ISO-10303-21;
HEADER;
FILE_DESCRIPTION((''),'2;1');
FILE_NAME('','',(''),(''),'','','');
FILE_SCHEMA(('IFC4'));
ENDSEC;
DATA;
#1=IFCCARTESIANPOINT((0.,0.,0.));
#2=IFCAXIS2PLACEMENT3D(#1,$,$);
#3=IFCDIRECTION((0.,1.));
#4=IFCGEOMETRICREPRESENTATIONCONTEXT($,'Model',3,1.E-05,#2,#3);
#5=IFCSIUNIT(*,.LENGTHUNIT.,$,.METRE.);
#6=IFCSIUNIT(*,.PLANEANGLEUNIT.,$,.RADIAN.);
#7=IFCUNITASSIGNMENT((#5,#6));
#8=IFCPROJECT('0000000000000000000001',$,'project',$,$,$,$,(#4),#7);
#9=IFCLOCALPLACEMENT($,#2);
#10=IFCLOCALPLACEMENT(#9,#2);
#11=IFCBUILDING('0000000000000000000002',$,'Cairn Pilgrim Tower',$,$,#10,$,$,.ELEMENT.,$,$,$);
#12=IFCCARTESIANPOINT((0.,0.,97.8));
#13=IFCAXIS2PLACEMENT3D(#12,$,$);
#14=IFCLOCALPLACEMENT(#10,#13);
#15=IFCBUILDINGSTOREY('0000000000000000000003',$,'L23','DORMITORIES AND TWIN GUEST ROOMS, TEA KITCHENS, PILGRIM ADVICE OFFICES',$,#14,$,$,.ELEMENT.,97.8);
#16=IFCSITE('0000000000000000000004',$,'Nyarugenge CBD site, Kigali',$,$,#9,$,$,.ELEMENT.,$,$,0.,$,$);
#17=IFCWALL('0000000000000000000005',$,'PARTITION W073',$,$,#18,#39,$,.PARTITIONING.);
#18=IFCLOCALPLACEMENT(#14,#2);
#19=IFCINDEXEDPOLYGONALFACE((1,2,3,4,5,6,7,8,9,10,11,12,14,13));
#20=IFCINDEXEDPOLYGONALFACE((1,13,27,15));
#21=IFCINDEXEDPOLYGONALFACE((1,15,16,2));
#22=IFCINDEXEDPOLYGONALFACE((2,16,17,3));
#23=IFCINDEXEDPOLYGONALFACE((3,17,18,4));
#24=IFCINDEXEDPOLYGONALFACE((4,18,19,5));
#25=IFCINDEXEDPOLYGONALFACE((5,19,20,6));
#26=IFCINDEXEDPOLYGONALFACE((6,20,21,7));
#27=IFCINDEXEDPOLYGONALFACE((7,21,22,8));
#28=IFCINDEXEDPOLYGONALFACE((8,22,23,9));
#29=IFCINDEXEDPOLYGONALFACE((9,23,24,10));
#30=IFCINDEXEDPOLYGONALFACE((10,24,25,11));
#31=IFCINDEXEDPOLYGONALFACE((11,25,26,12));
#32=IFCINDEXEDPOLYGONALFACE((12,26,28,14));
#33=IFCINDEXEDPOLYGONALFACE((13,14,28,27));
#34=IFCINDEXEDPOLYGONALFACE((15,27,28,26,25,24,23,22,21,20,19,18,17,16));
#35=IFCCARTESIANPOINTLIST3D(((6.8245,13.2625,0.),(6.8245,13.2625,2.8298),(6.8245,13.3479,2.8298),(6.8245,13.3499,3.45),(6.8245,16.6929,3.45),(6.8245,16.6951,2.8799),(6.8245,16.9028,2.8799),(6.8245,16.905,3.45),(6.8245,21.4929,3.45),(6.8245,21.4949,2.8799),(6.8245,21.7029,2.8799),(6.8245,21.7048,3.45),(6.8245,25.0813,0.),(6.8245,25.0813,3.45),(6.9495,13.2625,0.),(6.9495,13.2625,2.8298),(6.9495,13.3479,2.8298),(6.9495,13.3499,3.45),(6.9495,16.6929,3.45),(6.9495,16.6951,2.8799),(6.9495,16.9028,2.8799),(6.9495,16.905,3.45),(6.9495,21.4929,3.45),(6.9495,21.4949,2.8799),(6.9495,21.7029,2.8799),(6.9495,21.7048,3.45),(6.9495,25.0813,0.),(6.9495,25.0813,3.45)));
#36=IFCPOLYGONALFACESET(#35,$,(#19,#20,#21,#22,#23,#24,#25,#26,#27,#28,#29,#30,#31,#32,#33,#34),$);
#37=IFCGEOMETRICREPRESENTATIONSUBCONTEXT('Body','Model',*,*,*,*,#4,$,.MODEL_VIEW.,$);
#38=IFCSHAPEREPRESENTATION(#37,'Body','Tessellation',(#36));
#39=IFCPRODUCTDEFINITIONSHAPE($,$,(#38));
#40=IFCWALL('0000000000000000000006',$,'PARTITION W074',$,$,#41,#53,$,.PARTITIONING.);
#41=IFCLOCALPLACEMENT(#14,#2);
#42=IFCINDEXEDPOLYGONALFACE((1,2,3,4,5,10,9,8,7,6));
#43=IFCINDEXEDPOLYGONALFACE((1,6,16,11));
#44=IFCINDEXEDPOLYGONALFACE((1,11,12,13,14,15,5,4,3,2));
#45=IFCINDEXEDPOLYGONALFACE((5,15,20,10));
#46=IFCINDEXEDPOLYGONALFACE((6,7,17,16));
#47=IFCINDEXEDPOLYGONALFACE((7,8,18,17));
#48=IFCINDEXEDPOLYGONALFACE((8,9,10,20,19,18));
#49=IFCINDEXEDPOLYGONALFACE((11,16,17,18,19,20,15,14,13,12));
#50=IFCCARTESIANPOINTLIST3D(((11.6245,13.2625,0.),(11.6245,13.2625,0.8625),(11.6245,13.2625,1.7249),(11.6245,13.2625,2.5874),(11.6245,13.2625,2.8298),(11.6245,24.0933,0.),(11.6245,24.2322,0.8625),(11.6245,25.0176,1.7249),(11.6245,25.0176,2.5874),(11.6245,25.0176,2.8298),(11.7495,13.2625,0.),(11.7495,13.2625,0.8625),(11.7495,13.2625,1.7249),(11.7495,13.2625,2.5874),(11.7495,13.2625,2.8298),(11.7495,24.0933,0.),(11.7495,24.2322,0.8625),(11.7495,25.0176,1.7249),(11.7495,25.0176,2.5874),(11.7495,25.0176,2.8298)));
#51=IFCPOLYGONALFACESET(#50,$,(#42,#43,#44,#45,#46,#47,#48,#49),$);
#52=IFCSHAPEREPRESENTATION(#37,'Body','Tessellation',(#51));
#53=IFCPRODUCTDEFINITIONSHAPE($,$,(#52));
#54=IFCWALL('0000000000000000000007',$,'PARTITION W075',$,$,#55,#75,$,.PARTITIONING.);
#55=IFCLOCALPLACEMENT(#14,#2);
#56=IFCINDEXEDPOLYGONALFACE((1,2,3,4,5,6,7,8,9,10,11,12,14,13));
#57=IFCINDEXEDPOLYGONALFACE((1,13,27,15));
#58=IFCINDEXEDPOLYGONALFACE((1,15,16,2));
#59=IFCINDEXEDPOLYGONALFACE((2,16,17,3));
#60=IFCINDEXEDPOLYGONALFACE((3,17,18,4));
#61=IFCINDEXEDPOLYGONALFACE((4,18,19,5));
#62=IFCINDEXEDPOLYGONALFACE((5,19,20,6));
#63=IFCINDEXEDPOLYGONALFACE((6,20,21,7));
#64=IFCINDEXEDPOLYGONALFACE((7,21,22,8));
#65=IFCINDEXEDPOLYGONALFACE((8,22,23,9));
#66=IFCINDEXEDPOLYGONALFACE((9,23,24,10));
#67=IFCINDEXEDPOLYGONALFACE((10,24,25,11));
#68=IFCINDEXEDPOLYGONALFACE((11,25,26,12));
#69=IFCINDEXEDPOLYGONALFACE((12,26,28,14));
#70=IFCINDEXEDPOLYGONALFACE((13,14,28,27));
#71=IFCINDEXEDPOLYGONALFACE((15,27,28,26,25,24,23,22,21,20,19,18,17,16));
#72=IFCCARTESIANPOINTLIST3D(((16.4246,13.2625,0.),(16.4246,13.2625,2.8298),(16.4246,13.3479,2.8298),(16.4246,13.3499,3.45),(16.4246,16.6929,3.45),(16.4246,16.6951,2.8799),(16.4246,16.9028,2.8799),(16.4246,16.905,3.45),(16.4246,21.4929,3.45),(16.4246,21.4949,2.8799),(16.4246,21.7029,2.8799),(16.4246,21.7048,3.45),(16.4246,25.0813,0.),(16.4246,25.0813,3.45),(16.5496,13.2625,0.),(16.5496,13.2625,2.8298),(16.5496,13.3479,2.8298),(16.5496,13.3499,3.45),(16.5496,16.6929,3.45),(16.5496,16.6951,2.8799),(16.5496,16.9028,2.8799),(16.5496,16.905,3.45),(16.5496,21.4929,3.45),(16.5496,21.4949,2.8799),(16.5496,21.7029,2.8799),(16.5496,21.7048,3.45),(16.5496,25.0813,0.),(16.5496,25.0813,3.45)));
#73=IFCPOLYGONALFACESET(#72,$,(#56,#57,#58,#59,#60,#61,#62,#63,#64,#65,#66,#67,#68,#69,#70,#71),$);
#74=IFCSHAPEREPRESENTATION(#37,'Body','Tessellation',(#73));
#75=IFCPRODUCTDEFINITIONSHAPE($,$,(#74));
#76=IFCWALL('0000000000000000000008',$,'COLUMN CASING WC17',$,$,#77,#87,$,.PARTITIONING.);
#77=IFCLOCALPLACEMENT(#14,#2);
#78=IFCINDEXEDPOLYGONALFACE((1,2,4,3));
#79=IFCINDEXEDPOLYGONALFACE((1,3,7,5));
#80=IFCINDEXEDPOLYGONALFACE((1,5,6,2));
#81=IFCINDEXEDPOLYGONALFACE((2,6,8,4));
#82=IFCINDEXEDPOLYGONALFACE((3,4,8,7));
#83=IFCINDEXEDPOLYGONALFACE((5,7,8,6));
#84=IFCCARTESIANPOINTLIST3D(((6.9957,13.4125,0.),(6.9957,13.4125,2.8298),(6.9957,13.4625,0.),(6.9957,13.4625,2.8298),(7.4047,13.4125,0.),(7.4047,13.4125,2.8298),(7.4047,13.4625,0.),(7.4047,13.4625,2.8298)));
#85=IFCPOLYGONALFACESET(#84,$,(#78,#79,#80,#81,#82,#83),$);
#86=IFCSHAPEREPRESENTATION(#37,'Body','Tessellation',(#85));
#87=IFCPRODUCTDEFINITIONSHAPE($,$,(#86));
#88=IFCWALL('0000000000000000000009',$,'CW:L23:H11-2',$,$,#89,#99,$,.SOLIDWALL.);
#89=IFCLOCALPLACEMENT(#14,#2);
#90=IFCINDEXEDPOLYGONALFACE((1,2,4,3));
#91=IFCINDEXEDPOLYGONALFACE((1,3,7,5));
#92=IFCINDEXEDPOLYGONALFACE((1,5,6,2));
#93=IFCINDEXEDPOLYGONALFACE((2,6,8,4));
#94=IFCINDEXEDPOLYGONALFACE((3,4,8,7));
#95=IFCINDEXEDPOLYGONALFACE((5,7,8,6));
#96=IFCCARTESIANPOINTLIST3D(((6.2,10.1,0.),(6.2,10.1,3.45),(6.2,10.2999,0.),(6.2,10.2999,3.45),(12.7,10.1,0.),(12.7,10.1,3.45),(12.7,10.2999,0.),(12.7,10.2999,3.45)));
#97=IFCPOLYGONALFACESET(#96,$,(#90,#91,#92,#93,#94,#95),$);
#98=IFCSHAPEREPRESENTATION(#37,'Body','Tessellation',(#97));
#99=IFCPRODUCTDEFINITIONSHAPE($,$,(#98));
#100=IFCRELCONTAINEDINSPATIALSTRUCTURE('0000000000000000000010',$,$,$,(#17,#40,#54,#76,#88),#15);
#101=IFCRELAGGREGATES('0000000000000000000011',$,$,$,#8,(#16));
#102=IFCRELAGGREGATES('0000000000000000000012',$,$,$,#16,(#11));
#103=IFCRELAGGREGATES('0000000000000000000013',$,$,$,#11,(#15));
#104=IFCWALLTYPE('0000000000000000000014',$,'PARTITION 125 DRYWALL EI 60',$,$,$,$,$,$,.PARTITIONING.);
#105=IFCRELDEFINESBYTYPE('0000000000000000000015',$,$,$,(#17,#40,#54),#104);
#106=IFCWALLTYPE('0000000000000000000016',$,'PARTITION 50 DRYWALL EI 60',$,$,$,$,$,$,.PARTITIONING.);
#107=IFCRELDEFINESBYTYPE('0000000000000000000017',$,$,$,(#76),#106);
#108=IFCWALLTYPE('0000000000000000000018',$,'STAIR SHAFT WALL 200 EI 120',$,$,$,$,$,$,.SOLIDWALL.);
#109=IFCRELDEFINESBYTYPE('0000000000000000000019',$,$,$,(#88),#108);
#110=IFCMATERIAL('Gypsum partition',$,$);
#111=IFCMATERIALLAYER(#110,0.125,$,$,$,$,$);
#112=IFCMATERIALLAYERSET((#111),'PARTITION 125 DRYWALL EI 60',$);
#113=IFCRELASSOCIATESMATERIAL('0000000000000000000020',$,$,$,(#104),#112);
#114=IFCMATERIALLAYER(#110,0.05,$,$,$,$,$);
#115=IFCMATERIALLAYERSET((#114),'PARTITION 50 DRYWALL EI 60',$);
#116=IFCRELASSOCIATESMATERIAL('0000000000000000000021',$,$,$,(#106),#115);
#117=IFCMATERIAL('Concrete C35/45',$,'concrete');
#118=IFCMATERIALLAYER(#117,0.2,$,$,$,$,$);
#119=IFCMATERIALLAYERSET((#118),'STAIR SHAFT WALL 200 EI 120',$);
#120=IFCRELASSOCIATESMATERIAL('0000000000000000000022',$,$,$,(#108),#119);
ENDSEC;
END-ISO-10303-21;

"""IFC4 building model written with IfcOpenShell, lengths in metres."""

from ifc_helpers import new_model, si_unit, direction, frame, frame_2d, origin, place, context, subcontext, project, spatial, polyline, rectangle, outline, extrude, material, layer, layer_set, type_object, element, save


model = new_model("IFC4")

# Units and contexts
model_context = context("Model", 3, precision=1e-05, world=origin(), true_north=direction((0.0, 1.0)))
body_context = subcontext(model_context, "Body", "Model", "MODEL_VIEW")
ifc_project = project(units=[si_unit("LENGTHUNIT", "METRE"), si_unit("PLANEANGLEUNIT", "RADIAN")], contexts=[model_context])

# Site, building, storey
site_placement = place(None, origin())
site = spatial("IfcSite", under=ifc_project, at=site_placement, Name="Nyarugenge CBD site, Kigali", CompositionType="ELEMENT", RefElevation=0.0)
building_placement = place(site_placement, origin())
building = spatial("IfcBuilding", under=site, at=building_placement, Name="Cairn Pilgrim Tower", CompositionType="ELEMENT")
storey_placement = place(building_placement, frame((0.0, 0.0, 97.8)))
storey = spatial("IfcBuildingStorey", under=building, at=storey_placement, Name="L23", Description="DORMITORIES AND TWIN GUEST ROOMS, TEA KITCHENS, PILGRIM ADVICE OFFICES", CompositionType="ELEMENT", Elevation=97.8)

# Shared definitions
ifc_material_1 = material(Name="Gypsum partition")
ifc_layer_1 = layer(ifc_material_1, 0.125)
ifc_layer_set_1 = layer_set([ifc_layer_1], Name="PARTITION 125 DRYWALL EI 60")
wall_type_1 = type_object("IfcWallType", Name="PARTITION 125 DRYWALL EI 60", PredefinedType="PARTITIONING", material=ifc_layer_set_1)

# Walls
wall_1_placement = place(storey_placement, frame((6.887, 13.2625, 0.0), z_axis=(0.0, 0.0, 1.0), x_axis=(0.0, 1.0, 0.0)))
element("IfcWall", 1, at=wall_1_placement, inside=storey, type_object=wall_type_1, Name="PARTITION W073", PredefinedType="PARTITIONING", context=body_context, shape_type="SweptSolid", body=[
    extrude(outline(polyline([(0.0, 0.0), (11.8188, 0.0), (11.8188, 3.45), (8.4424, 3.45), (8.4404, 2.8799), (8.2324, 2.8799), (8.2305, 3.45), (3.6426, 3.45), (3.6404, 2.8799), (3.4326, 2.8799), (3.4304, 3.45), (0.0874, 3.45), (0.0854, 2.8298), (0.0, 2.8298), (0.0, 0.0)])), frame((0.0, 0.0625, 0.0), z_axis=(0.0, -1.0, 0.0), x_axis=(1.0, 0.0, 0.0)), (0.0, 0.0, 1.0), 0.125),
])
wall_2_placement = place(storey_placement, frame((11.687, 13.2625, 0.0), z_axis=(0.0, 0.0, 1.0), x_axis=(0.0, 1.0, 0.0)))
element("IfcWall", 2, at=wall_2_placement, inside=storey, type_object=wall_type_1, Name="PARTITION W074", PredefinedType="PARTITIONING", context=body_context, shape_type="SweptSolid", body=[
    extrude(outline(polyline([(0.0, 0.0), (10.8308, 0.0), (10.9697, 0.8625), (11.7551, 1.7249), (11.7551, 2.5874), (11.7551, 2.8298), (0.0, 2.8298), (0.0, 2.5874), (0.0, 1.7249), (0.0, 0.8625), (0.0, 0.0)])), frame((0.0, 0.0625, 0.0), z_axis=(0.0, -1.0, 0.0), x_axis=(1.0, 0.0, 0.0)), (0.0, 0.0, 1.0), 0.125),
])
wall_3_placement = place(storey_placement, frame((16.4871, 13.2625, 0.0), z_axis=(0.0, 0.0, 1.0), x_axis=(0.0, 1.0, 0.0)))
element("IfcWall", 3, at=wall_3_placement, inside=storey, type_object=wall_type_1, Name="PARTITION W075", PredefinedType="PARTITIONING", context=body_context, shape_type="SweptSolid", body=[
    extrude(outline(polyline([(0.0, 0.0), (11.8188, 0.0), (11.8188, 3.45), (8.4424, 3.45), (8.4404, 2.8799), (8.2324, 2.8799), (8.2305, 3.45), (3.6426, 3.45), (3.6404, 2.8799), (3.4326, 2.8799), (3.4304, 3.45), (0.0874, 3.45), (0.0854, 2.8298), (0.0, 2.8298), (0.0, 0.0)])), frame((0.0, 0.0625, 0.0), z_axis=(0.0, -1.0, 0.0), x_axis=(1.0, 0.0, 0.0)), (0.0, 0.0, 1.0), 0.125),
])
ifc_layer_2 = layer(ifc_material_1, 0.05)
ifc_layer_set_2 = layer_set([ifc_layer_2], Name="PARTITION 50 DRYWALL EI 60")
wall_type_2 = type_object("IfcWallType", Name="PARTITION 50 DRYWALL EI 60", PredefinedType="PARTITIONING", material=ifc_layer_set_2)
wall_4_placement = place(storey_placement, frame((6.9956, 13.4375, 0.0), z_axis=(0.0, 0.0, 1.0), x_axis=(1.0, 0.0, 0.0)))
element("IfcWall", 4, at=wall_4_placement, inside=storey, type_object=wall_type_2, Name="COLUMN CASING WC17", PredefinedType="PARTITIONING", context=body_context, shape_type="SweptSolid", body=[
    extrude(rectangle(XDim=0.4089, YDim=0.05, at=frame_2d((0.2046, 0.0))), origin(), (0.0, 0.0, 1.0), 2.8298),
])
ifc_material_2 = material(Name="Concrete C35/45", Category="concrete")
ifc_layer_3 = layer(ifc_material_2, 0.2)
ifc_layer_set_3 = layer_set([ifc_layer_3], Name="STAIR SHAFT WALL 200 EI 120")
wall_type_3 = type_object("IfcWallType", Name="STAIR SHAFT WALL 200 EI 120", PredefinedType="SOLIDWALL", material=ifc_layer_set_3)
wall_5_placement = place(storey_placement, frame((6.2, 10.2, 0.0), z_axis=(0.0, 0.0, 1.0), x_axis=(1.0, 0.0, 0.0)))
element("IfcWall", 5, at=wall_5_placement, inside=storey, type_object=wall_type_3, Name="CW:L23:H11-2", PredefinedType="SOLIDWALL", context=body_context, shape_type="SweptSolid", body=[
    extrude(rectangle(XDim=6.5, YDim=0.2, at=frame_2d((3.25, 0.0))), origin(), (0.0, 0.0, 1.0), 3.45),
])

save(model, "model.ifc")
